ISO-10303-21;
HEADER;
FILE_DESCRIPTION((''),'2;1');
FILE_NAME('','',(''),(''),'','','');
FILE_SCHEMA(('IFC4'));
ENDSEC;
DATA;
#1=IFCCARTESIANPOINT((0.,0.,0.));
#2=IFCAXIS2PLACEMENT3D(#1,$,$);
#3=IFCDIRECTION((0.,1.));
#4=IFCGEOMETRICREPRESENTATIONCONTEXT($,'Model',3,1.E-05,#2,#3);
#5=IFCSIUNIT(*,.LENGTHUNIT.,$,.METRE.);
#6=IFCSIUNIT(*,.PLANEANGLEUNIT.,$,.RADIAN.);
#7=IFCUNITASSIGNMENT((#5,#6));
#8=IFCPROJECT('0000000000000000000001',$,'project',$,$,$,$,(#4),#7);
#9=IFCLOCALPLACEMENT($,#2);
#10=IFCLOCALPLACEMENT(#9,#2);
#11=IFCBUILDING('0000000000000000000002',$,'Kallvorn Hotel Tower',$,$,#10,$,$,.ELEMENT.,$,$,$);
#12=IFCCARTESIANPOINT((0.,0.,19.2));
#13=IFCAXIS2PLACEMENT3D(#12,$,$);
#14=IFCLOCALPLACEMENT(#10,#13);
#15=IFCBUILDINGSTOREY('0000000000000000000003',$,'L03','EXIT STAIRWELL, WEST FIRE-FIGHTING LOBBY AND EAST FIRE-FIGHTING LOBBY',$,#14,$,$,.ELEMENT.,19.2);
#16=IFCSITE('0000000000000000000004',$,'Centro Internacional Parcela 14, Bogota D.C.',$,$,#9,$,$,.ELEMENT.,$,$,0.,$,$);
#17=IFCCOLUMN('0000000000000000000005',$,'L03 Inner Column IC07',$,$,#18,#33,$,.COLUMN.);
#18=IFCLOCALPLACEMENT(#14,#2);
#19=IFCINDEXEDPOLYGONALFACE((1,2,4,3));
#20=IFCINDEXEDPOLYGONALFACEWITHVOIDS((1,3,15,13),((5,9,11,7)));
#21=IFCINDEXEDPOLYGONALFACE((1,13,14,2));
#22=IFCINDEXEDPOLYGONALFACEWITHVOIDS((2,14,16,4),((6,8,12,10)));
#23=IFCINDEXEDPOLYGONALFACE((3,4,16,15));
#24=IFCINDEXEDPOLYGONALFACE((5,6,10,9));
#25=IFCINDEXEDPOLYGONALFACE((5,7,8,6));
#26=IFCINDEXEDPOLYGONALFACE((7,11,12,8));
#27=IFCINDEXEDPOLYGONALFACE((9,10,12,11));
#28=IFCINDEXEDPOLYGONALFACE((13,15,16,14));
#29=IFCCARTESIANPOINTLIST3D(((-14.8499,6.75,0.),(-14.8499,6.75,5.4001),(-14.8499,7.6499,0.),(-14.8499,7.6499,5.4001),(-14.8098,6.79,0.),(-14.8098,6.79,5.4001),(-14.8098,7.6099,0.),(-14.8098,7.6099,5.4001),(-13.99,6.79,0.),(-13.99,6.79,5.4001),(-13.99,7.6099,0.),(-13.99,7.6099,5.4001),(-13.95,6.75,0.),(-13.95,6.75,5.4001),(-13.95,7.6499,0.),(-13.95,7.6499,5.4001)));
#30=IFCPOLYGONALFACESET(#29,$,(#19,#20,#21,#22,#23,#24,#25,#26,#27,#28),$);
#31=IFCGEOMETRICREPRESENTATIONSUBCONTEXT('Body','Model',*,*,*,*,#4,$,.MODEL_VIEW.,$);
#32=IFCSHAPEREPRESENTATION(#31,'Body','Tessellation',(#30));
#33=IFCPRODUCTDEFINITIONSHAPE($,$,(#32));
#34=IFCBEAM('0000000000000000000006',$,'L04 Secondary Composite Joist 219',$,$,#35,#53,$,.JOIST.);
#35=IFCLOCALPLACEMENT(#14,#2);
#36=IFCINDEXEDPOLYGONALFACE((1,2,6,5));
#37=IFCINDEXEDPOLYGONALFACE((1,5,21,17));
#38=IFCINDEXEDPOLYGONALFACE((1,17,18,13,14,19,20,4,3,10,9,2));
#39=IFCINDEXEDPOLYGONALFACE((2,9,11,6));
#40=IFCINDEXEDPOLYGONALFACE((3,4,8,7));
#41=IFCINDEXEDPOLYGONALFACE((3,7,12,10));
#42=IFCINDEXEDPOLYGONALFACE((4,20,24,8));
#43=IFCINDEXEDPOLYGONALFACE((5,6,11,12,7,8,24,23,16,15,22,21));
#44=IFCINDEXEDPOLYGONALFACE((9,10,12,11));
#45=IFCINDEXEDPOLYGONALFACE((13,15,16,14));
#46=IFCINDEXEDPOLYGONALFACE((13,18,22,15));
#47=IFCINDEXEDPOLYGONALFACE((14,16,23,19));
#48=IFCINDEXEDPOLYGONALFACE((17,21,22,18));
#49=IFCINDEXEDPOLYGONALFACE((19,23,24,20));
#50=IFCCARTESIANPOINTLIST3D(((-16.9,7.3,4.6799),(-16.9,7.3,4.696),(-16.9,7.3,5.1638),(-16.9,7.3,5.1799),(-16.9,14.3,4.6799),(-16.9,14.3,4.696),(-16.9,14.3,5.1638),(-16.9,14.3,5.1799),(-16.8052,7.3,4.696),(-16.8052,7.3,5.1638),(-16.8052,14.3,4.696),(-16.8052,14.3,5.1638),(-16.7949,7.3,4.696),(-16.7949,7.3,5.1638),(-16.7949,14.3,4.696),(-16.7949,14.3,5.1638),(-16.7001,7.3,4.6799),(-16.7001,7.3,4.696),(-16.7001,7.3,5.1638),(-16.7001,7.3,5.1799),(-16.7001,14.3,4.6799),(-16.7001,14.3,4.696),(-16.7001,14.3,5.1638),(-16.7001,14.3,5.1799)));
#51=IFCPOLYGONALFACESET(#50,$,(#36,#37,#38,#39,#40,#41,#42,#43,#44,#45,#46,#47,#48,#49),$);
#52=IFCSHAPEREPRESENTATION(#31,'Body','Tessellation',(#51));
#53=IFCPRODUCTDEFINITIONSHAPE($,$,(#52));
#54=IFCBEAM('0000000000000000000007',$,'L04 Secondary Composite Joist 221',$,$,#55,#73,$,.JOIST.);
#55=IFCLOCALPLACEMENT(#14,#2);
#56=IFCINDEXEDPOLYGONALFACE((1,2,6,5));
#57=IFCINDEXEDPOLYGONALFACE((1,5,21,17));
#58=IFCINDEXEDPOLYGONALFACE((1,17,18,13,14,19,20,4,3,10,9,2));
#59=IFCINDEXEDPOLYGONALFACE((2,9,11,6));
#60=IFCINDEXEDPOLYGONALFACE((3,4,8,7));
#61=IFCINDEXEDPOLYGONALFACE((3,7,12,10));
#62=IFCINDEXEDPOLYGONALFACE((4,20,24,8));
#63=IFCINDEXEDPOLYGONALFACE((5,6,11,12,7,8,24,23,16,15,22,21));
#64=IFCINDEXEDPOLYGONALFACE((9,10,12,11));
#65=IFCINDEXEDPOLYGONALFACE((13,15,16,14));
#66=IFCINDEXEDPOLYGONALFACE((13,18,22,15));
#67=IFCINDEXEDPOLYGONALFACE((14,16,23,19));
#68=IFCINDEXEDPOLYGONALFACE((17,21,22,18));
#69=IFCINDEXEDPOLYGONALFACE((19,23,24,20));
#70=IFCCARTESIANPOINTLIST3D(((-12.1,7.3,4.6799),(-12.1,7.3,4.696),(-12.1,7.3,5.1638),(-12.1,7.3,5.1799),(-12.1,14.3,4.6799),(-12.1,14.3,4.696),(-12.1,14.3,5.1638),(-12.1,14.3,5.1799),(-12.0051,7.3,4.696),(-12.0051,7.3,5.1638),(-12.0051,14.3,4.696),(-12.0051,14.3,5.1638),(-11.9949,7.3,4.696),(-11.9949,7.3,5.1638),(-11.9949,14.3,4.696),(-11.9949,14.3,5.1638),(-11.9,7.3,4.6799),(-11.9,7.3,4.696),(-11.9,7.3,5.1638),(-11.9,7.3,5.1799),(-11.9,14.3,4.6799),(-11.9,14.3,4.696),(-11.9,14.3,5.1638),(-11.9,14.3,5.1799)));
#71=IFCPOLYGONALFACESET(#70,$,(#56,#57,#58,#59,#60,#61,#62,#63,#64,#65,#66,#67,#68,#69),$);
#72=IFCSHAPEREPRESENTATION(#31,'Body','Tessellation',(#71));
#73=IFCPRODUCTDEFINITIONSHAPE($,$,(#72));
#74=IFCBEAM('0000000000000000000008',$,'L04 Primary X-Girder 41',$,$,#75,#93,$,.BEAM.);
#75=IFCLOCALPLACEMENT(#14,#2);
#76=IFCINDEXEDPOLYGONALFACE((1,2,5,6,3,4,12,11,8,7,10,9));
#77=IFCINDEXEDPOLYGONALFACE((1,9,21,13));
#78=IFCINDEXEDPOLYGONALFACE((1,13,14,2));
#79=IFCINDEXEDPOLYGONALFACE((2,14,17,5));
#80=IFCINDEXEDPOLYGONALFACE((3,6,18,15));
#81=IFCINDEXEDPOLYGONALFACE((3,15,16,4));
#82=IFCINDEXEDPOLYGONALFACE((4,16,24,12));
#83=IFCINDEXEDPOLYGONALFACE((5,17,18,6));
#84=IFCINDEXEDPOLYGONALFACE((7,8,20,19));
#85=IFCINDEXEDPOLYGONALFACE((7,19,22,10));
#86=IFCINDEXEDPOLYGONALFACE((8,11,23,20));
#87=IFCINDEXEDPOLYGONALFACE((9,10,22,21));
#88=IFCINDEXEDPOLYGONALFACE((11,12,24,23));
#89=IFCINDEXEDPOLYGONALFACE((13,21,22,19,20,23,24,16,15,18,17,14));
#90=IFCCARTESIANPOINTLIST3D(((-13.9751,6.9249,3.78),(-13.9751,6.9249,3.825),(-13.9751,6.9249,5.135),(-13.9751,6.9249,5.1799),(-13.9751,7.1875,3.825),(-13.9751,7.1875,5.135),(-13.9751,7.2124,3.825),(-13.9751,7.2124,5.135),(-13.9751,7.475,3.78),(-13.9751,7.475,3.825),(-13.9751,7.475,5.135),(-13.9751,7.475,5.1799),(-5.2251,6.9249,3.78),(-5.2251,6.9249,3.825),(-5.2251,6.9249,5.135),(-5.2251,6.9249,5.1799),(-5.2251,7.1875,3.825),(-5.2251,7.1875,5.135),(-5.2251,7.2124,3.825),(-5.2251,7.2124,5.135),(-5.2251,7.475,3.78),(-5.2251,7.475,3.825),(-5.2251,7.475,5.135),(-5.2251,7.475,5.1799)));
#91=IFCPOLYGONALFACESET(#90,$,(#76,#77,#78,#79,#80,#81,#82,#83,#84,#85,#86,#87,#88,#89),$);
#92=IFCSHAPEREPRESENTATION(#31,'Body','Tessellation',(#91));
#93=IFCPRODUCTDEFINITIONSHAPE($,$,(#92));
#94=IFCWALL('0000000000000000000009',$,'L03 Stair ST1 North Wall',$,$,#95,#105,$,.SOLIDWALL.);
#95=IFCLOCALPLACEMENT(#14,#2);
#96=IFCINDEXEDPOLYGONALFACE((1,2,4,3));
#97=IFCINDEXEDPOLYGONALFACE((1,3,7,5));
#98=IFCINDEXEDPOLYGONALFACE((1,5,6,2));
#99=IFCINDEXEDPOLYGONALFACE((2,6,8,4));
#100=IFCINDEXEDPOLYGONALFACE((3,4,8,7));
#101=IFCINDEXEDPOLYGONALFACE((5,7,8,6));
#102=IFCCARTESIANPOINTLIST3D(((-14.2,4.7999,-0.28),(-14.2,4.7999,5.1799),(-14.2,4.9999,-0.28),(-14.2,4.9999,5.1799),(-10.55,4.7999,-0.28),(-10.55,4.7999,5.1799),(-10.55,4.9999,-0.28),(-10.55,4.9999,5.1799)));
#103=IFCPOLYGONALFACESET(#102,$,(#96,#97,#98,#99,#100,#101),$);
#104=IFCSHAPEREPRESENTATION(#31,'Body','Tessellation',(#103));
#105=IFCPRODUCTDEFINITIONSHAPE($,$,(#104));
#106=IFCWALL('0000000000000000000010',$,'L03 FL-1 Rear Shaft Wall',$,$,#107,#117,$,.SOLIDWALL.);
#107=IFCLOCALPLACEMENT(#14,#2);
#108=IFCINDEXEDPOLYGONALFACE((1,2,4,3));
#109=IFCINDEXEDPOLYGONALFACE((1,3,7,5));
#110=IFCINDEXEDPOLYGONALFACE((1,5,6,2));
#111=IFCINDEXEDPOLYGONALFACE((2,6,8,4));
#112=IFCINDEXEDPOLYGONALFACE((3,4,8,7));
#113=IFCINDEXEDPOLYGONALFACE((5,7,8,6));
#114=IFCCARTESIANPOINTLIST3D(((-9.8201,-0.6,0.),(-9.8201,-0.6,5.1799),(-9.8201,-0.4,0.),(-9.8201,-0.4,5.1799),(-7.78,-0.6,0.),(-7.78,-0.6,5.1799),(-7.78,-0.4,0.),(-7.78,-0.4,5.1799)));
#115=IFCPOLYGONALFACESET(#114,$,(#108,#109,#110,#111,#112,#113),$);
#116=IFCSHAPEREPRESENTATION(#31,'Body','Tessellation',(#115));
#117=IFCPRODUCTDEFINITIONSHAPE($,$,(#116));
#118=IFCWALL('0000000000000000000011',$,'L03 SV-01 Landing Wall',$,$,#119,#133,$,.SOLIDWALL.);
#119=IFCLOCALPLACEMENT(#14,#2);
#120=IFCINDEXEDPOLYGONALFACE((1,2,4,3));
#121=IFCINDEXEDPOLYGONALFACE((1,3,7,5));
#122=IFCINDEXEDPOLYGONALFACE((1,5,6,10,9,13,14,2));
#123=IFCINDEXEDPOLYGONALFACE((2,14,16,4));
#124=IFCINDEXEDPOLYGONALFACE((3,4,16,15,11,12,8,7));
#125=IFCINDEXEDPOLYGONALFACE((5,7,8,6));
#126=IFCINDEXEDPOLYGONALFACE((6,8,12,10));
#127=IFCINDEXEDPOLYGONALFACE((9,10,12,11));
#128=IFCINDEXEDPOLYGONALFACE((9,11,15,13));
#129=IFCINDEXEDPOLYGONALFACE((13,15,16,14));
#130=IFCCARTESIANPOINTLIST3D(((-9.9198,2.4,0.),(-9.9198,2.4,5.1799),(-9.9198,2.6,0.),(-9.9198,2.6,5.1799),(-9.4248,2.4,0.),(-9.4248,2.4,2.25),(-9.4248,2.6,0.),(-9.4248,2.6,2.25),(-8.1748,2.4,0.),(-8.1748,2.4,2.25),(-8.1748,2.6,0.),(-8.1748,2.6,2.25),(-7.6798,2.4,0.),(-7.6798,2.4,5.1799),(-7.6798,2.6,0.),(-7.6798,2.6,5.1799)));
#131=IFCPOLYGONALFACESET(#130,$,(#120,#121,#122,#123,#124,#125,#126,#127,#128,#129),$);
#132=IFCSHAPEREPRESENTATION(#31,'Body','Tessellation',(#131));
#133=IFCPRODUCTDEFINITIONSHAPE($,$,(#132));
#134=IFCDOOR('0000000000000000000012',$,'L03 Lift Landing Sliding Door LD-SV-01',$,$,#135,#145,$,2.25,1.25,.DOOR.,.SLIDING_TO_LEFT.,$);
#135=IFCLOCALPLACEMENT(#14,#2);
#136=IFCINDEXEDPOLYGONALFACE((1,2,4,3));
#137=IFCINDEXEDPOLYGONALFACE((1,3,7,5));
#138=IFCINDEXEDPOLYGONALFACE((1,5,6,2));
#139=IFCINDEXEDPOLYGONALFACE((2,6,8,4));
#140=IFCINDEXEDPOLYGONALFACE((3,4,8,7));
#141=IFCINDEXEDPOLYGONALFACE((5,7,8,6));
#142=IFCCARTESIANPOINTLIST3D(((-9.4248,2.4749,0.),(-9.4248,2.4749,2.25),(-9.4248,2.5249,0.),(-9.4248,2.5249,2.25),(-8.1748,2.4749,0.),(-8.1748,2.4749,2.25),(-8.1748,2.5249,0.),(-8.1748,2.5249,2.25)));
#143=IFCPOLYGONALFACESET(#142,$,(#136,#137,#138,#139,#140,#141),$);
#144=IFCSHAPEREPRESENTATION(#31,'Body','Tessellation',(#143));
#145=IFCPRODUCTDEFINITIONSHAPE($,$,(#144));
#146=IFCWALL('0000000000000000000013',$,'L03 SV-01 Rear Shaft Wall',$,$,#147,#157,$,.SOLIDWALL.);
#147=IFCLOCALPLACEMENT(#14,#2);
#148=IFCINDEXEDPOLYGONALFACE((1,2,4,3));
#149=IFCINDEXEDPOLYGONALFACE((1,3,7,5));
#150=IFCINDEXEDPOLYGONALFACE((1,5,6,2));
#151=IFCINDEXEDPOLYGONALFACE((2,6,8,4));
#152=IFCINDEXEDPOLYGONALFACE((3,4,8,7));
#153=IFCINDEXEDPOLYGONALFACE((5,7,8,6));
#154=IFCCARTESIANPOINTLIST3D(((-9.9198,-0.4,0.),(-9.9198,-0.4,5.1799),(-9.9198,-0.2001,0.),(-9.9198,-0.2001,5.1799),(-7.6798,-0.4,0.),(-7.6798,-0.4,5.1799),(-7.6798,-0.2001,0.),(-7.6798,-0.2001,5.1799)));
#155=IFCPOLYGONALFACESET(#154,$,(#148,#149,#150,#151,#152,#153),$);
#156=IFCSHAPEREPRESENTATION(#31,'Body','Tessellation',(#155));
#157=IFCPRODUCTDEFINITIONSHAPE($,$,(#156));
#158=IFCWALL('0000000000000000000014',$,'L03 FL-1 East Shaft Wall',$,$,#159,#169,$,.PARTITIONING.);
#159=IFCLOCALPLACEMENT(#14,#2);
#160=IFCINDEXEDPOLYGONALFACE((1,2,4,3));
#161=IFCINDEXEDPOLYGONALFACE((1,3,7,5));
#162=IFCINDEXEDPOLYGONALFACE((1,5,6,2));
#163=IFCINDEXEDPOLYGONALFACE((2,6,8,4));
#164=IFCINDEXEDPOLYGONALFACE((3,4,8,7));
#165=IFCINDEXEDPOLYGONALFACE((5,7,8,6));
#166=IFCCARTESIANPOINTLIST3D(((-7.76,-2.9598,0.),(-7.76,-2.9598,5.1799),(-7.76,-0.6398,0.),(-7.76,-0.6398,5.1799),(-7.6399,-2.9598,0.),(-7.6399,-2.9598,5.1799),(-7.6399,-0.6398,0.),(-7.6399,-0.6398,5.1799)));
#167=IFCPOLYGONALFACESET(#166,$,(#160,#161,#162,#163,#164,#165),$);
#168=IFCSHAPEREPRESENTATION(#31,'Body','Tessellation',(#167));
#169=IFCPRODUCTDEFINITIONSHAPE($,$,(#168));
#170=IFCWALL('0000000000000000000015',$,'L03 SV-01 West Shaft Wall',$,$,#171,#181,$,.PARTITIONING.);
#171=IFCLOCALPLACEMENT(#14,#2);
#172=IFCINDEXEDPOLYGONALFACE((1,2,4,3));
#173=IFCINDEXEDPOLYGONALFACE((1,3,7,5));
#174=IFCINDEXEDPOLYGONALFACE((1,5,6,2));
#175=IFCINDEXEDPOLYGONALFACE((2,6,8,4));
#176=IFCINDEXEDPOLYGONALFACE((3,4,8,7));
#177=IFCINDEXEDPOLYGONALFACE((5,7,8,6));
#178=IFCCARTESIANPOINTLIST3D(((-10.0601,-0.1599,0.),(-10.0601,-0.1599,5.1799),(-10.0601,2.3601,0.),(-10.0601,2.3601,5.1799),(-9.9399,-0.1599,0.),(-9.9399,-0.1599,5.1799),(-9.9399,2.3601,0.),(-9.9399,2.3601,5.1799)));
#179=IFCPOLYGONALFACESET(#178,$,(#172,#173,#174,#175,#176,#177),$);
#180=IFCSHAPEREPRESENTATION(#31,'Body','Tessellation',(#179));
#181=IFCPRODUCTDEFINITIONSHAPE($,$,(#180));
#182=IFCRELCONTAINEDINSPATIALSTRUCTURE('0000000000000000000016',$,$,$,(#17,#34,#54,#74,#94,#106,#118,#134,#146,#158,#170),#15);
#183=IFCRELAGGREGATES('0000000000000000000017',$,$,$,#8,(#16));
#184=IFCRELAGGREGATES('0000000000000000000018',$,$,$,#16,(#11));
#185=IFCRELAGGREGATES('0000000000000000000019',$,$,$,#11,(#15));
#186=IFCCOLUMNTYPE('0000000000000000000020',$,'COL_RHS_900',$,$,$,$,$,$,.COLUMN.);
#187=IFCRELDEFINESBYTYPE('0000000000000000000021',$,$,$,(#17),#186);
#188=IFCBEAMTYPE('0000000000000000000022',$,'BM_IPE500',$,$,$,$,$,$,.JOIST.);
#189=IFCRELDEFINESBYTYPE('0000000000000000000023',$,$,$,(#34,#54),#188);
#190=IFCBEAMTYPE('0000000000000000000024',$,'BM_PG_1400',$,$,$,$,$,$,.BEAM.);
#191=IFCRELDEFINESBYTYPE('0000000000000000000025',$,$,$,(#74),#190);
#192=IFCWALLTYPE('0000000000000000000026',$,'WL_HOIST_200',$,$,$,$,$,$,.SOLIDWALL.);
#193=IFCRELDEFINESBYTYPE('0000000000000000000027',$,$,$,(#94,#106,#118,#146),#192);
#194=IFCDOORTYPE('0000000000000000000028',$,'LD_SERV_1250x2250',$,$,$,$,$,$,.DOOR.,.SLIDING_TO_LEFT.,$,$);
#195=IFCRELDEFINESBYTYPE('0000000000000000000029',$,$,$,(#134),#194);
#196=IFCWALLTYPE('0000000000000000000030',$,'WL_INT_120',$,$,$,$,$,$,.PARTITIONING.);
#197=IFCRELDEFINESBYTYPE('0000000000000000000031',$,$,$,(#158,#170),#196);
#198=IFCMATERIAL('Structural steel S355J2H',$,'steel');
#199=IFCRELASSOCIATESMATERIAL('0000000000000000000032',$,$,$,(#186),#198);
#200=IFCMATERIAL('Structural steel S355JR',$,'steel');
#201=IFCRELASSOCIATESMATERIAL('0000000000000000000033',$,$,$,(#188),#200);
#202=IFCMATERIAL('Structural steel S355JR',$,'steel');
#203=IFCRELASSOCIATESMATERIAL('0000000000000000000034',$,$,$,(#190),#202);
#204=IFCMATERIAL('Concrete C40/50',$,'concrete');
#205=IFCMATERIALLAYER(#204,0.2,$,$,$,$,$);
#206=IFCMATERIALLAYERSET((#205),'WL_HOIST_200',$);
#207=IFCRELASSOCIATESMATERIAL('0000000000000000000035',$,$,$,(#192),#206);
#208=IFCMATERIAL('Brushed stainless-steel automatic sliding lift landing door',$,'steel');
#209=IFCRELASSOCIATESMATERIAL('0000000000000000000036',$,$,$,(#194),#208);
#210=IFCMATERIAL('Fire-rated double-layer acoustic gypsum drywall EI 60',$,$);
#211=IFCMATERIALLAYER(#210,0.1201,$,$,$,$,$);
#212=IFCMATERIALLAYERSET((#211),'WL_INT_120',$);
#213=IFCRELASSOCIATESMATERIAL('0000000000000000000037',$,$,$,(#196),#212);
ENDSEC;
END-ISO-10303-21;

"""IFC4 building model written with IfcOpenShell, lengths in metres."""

from ifc_helpers import new_model, si_unit, direction, frame, frame_2d, origin, origin_2d, place, context, subcontext, project, spatial, rectangle, hollow_rectangle, i_section, extrude, material, layer, layer_set, material_profile, profile_set, type_object, element, fill, save


model = new_model("IFC4")

# Units and contexts
model_context = context("Model", 3, precision=1e-05, world=origin(), true_north=direction((0.0, 1.0)))
body_context = subcontext(model_context, "Body", "Model", "MODEL_VIEW")
ifc_project = project(units=[si_unit("LENGTHUNIT", "METRE"), si_unit("PLANEANGLEUNIT", "RADIAN")], contexts=[model_context])

# Site, building, storey
site_placement = place(None, origin())
site = spatial("IfcSite", under=ifc_project, at=site_placement, Name="Centro Internacional Parcela 14, Bogota D.C.", CompositionType="ELEMENT", RefElevation=0.0)
building_placement = place(site_placement, origin())
building = spatial("IfcBuilding", under=site, at=building_placement, Name="Kallvorn Hotel Tower", CompositionType="ELEMENT")
storey_placement = place(building_placement, frame((0.0, 0.0, 19.2)))
storey = spatial("IfcBuildingStorey", under=building, at=storey_placement, Name="L03", Description="EXIT STAIRWELL, WEST FIRE-FIGHTING LOBBY AND EAST FIRE-FIGHTING LOBBY", CompositionType="ELEMENT", Elevation=19.2)

# Column
ifc_material_1 = material(Name="Structural steel S355J2H", Category="steel")
ifc_material_profile_1 = material_profile(ifc_material_1, hollow_rectangle(XDim=0.8999, YDim=0.8999, WallThickness=0.04, at=origin_2d()), Name="RHS 900x900x40")
ifc_profile_set_1 = profile_set([ifc_material_profile_1], Name="Structural steel S355J2H")
column_type = type_object("IfcColumnType", Name="COL_RHS_900", PredefinedType="COLUMN", material=ifc_profile_set_1)
column_placement = place(storey_placement, frame((-14.3999, 7.2, 0.0), z_axis=(0.0, 0.0, 1.0), x_axis=(1.0, 0.0, 0.0)))
element("IfcColumn", 1, at=column_placement, inside=storey, type_object=column_type, Name="L03 Inner Column IC07", PredefinedType="COLUMN", context=body_context, shape_type="SweptSolid", body=[
    extrude(hollow_rectangle(XDim=0.8999, YDim=0.8999, WallThickness=0.04, at=origin_2d()), origin(), (0.0, 0.0, 1.0), 5.4001),
])

# Beams
ifc_material_2 = material(Name="Structural steel S355JR", Category="steel")
ifc_material_profile_2 = material_profile(ifc_material_2, i_section(OverallWidth=0.2, OverallDepth=0.5, WebThickness=0.0103, FlangeThickness=0.0161, at=origin_2d()), Name="IPE 500")
ifc_profile_set_2 = profile_set([ifc_material_profile_2], Name="Structural steel S355JR")
beam_type_1 = type_object("IfcBeamType", Name="BM_IPE500", PredefinedType="JOIST", material=ifc_profile_set_2)
for number, where, z_axis, x_axis, name in (
    (2, (-16.8, 7.3, 4.9299), (0.0, 1.0, 0.0), (-1.0, 0.0, 0.0), "L04 Secondary Composite Joist 219"),
    (3, (-12.0, 7.3, 4.9299), (0.0, 1.0, 0.0), (-1.0, 0.0, 0.0), "L04 Secondary Composite Joist 221"),
):
    element("IfcBeam", number, at=place(storey_placement, frame(where, z_axis=z_axis, x_axis=x_axis)), inside=storey, type_object=beam_type_1, Name=name, PredefinedType="JOIST", context=body_context, shape_type="SweptSolid", body=[
        extrude(i_section(OverallWidth=0.2, OverallDepth=0.5, WebThickness=0.0103, FlangeThickness=0.0161, at=origin_2d()), origin(), (0.0, 0.0, 1.0), 7.0),
    ])
ifc_material_3 = material(Name="Structural steel S355JR", Category="steel")
ifc_material_profile_3 = material_profile(ifc_material_3, i_section(OverallWidth=0.55, OverallDepth=1.3999, WebThickness=0.0249, FlangeThickness=0.0449, at=origin_2d()), Name="PG 1400x550x25x45")
ifc_profile_set_3 = profile_set([ifc_material_profile_3], Name="Structural steel S355JR")
beam_type_2 = type_object("IfcBeamType", Name="BM_PG_1400", PredefinedType="BEAM", material=ifc_profile_set_3)
beam_placement = place(storey_placement, frame((-13.9751, 7.2, 4.48), z_axis=(1.0, 0.0, 0.0), x_axis=(0.0, 1.0, 0.0)))
element("IfcBeam", 4, at=beam_placement, inside=storey, type_object=beam_type_2, Name="L04 Primary X-Girder 41", PredefinedType="BEAM", context=body_context, shape_type="SweptSolid", body=[
    extrude(i_section(OverallWidth=0.55, OverallDepth=1.3999, WebThickness=0.0249, FlangeThickness=0.0449, at=origin_2d()), origin(), (0.0, 0.0, 1.0), 8.75),
])

# Walls
ifc_material_4 = material(Name="Concrete C40/50", Category="concrete")
ifc_layer_1 = layer(ifc_material_4, 0.2)
ifc_layer_set_1 = layer_set([ifc_layer_1], Name="WL_HOIST_200")
wall_type_1 = type_object("IfcWallType", Name="WL_HOIST_200", PredefinedType="SOLIDWALL", material=ifc_layer_set_1)
wall_1_placement = place(storey_placement, frame((-14.2, 4.8999, -0.28), z_axis=(0.0, 0.0, 1.0), x_axis=(1.0, 0.0, 0.0)))
element("IfcWall", 5, at=wall_1_placement, inside=storey, type_object=wall_type_1, Name="L03 Stair ST1 North Wall", PredefinedType="SOLIDWALL", context=body_context, shape_type="SweptSolid", body=[
    extrude(rectangle(XDim=3.6499, YDim=0.2, at=frame_2d((1.825, 0.0))), origin(), (0.0, 0.0, 1.0), 5.46),
])
wall_2_placement = place(storey_placement, frame((-9.8201, -0.5, 0.0), z_axis=(0.0, 0.0, 1.0), x_axis=(1.0, 0.0, 0.0)))
element("IfcWall", 6, at=wall_2_placement, inside=storey, type_object=wall_type_1, Name="L03 FL-1 Rear Shaft Wall", PredefinedType="SOLIDWALL", context=body_context, shape_type="SweptSolid", body=[
    extrude(rectangle(XDim=2.04, YDim=0.2, at=frame_2d((1.02, 0.0))), origin(), (0.0, 0.0, 1.0), 5.1799),
])

# Wall, opening, door
wall_3_placement = place(storey_placement, frame((-9.9199, 2.5, 0.0), z_axis=(0.0, 0.0, 1.0), x_axis=(1.0, 0.0, 0.0)))
wall_3 = element("IfcWall", 7, at=wall_3_placement, inside=storey, type_object=wall_type_1, Name="L03 SV-01 Landing Wall", PredefinedType="SOLIDWALL", context=body_context, shape_type="SweptSolid", body=[
    extrude(rectangle(XDim=2.24, YDim=0.2, at=frame_2d((1.1201, 0.0))), origin(), (0.0, 0.0, 1.0), 5.1799),
])
opening_1_placement = place(wall_3_placement, frame((0.4951, 0.0, 0.0)))
opening_1 = element("IfcOpeningElement", 8, at=opening_1_placement, cuts=wall_3, PredefinedType="OPENING", context=body_context, shape_type="SweptSolid", body=[
    extrude(rectangle(XDim=1.25, YDim=2.25, at=frame_2d((0.625, 1.125))), frame((0.0, 0.115, 0.0), z_axis=(0.0, -1.0, 0.0), x_axis=(1.0, 0.0, 0.0)), (0.0, 0.0, 1.0), 0.23),
])
ifc_material_5 = material(Name="Brushed stainless-steel automatic sliding lift landing door", Category="steel")
door_type_1 = type_object("IfcDoorType", Name="LD_SERV_1250x2250", OperationType="SLIDING_TO_LEFT", PredefinedType="DOOR", material=ifc_material_5)
door_1_placement = place(opening_1_placement, origin())
door_1 = element("IfcDoor", 9, at=door_1_placement, inside=storey, type_object=door_type_1, Name="L03 Lift Landing Sliding Door LD-SV-01", OperationType="SLIDING_TO_LEFT", OverallHeight=2.25, OverallWidth=1.25, PredefinedType="DOOR", context=body_context, shape_type="SweptSolid", body=[
    extrude(rectangle(XDim=1.25, YDim=2.25, at=frame_2d((0.625, 1.125))), frame((0.0, 0.0249, 0.0), z_axis=(0.0, -1.0, 0.0), x_axis=(1.0, 0.0, 0.0)), (0.0, 0.0, 1.0), 0.05),
])
fill(opening_1, door_1)

# Walls
wall_4_placement = place(storey_placement, frame((-9.9199, -0.3, 0.0), z_axis=(0.0, 0.0, 1.0), x_axis=(1.0, 0.0, 0.0)))
element("IfcWall", 10, at=wall_4_placement, inside=storey, type_object=wall_type_1, Name="L03 SV-01 Rear Shaft Wall", PredefinedType="SOLIDWALL", context=body_context, shape_type="SweptSolid", body=[
    extrude(rectangle(XDim=2.24, YDim=0.2, at=frame_2d((1.1201, 0.0))), origin(), (0.0, 0.0, 1.0), 5.1799),
])
ifc_material_6 = material(Name="Fire-rated double-layer acoustic gypsum drywall EI 60")
ifc_layer_2 = layer(ifc_material_6, 0.1201)
ifc_layer_set_2 = layer_set([ifc_layer_2], Name="WL_INT_120")
wall_type_2 = type_object("IfcWallType", Name="WL_INT_120", PredefinedType="PARTITIONING", material=ifc_layer_set_2)
wall_5_placement = place(storey_placement, frame((-7.7, -2.96, 0.0), z_axis=(0.0, 0.0, 1.0), x_axis=(0.0, 1.0, 0.0)))
element("IfcWall", 11, at=wall_5_placement, inside=storey, type_object=wall_type_2, Name="L03 FL-1 East Shaft Wall", PredefinedType="PARTITIONING", context=body_context, shape_type="SweptSolid", body=[
    extrude(rectangle(XDim=2.3201, YDim=0.1201, at=frame_2d((1.1602, 0.0))), origin(), (0.0, 0.0, 1.0), 5.1799),
])
wall_6_placement = place(storey_placement, frame((-10.0, -0.1599, 0.0), z_axis=(0.0, 0.0, 1.0), x_axis=(0.0, 1.0, 0.0)))
element("IfcWall", 12, at=wall_6_placement, inside=storey, type_object=wall_type_2, Name="L03 SV-01 West Shaft Wall", PredefinedType="PARTITIONING", context=body_context, shape_type="SweptSolid", body=[
    extrude(rectangle(XDim=2.52, YDim=0.1201, at=frame_2d((1.26, 0.0))), origin(), (0.0, 0.0, 1.0), 5.1799),
])

save(model, "model.ifc")
